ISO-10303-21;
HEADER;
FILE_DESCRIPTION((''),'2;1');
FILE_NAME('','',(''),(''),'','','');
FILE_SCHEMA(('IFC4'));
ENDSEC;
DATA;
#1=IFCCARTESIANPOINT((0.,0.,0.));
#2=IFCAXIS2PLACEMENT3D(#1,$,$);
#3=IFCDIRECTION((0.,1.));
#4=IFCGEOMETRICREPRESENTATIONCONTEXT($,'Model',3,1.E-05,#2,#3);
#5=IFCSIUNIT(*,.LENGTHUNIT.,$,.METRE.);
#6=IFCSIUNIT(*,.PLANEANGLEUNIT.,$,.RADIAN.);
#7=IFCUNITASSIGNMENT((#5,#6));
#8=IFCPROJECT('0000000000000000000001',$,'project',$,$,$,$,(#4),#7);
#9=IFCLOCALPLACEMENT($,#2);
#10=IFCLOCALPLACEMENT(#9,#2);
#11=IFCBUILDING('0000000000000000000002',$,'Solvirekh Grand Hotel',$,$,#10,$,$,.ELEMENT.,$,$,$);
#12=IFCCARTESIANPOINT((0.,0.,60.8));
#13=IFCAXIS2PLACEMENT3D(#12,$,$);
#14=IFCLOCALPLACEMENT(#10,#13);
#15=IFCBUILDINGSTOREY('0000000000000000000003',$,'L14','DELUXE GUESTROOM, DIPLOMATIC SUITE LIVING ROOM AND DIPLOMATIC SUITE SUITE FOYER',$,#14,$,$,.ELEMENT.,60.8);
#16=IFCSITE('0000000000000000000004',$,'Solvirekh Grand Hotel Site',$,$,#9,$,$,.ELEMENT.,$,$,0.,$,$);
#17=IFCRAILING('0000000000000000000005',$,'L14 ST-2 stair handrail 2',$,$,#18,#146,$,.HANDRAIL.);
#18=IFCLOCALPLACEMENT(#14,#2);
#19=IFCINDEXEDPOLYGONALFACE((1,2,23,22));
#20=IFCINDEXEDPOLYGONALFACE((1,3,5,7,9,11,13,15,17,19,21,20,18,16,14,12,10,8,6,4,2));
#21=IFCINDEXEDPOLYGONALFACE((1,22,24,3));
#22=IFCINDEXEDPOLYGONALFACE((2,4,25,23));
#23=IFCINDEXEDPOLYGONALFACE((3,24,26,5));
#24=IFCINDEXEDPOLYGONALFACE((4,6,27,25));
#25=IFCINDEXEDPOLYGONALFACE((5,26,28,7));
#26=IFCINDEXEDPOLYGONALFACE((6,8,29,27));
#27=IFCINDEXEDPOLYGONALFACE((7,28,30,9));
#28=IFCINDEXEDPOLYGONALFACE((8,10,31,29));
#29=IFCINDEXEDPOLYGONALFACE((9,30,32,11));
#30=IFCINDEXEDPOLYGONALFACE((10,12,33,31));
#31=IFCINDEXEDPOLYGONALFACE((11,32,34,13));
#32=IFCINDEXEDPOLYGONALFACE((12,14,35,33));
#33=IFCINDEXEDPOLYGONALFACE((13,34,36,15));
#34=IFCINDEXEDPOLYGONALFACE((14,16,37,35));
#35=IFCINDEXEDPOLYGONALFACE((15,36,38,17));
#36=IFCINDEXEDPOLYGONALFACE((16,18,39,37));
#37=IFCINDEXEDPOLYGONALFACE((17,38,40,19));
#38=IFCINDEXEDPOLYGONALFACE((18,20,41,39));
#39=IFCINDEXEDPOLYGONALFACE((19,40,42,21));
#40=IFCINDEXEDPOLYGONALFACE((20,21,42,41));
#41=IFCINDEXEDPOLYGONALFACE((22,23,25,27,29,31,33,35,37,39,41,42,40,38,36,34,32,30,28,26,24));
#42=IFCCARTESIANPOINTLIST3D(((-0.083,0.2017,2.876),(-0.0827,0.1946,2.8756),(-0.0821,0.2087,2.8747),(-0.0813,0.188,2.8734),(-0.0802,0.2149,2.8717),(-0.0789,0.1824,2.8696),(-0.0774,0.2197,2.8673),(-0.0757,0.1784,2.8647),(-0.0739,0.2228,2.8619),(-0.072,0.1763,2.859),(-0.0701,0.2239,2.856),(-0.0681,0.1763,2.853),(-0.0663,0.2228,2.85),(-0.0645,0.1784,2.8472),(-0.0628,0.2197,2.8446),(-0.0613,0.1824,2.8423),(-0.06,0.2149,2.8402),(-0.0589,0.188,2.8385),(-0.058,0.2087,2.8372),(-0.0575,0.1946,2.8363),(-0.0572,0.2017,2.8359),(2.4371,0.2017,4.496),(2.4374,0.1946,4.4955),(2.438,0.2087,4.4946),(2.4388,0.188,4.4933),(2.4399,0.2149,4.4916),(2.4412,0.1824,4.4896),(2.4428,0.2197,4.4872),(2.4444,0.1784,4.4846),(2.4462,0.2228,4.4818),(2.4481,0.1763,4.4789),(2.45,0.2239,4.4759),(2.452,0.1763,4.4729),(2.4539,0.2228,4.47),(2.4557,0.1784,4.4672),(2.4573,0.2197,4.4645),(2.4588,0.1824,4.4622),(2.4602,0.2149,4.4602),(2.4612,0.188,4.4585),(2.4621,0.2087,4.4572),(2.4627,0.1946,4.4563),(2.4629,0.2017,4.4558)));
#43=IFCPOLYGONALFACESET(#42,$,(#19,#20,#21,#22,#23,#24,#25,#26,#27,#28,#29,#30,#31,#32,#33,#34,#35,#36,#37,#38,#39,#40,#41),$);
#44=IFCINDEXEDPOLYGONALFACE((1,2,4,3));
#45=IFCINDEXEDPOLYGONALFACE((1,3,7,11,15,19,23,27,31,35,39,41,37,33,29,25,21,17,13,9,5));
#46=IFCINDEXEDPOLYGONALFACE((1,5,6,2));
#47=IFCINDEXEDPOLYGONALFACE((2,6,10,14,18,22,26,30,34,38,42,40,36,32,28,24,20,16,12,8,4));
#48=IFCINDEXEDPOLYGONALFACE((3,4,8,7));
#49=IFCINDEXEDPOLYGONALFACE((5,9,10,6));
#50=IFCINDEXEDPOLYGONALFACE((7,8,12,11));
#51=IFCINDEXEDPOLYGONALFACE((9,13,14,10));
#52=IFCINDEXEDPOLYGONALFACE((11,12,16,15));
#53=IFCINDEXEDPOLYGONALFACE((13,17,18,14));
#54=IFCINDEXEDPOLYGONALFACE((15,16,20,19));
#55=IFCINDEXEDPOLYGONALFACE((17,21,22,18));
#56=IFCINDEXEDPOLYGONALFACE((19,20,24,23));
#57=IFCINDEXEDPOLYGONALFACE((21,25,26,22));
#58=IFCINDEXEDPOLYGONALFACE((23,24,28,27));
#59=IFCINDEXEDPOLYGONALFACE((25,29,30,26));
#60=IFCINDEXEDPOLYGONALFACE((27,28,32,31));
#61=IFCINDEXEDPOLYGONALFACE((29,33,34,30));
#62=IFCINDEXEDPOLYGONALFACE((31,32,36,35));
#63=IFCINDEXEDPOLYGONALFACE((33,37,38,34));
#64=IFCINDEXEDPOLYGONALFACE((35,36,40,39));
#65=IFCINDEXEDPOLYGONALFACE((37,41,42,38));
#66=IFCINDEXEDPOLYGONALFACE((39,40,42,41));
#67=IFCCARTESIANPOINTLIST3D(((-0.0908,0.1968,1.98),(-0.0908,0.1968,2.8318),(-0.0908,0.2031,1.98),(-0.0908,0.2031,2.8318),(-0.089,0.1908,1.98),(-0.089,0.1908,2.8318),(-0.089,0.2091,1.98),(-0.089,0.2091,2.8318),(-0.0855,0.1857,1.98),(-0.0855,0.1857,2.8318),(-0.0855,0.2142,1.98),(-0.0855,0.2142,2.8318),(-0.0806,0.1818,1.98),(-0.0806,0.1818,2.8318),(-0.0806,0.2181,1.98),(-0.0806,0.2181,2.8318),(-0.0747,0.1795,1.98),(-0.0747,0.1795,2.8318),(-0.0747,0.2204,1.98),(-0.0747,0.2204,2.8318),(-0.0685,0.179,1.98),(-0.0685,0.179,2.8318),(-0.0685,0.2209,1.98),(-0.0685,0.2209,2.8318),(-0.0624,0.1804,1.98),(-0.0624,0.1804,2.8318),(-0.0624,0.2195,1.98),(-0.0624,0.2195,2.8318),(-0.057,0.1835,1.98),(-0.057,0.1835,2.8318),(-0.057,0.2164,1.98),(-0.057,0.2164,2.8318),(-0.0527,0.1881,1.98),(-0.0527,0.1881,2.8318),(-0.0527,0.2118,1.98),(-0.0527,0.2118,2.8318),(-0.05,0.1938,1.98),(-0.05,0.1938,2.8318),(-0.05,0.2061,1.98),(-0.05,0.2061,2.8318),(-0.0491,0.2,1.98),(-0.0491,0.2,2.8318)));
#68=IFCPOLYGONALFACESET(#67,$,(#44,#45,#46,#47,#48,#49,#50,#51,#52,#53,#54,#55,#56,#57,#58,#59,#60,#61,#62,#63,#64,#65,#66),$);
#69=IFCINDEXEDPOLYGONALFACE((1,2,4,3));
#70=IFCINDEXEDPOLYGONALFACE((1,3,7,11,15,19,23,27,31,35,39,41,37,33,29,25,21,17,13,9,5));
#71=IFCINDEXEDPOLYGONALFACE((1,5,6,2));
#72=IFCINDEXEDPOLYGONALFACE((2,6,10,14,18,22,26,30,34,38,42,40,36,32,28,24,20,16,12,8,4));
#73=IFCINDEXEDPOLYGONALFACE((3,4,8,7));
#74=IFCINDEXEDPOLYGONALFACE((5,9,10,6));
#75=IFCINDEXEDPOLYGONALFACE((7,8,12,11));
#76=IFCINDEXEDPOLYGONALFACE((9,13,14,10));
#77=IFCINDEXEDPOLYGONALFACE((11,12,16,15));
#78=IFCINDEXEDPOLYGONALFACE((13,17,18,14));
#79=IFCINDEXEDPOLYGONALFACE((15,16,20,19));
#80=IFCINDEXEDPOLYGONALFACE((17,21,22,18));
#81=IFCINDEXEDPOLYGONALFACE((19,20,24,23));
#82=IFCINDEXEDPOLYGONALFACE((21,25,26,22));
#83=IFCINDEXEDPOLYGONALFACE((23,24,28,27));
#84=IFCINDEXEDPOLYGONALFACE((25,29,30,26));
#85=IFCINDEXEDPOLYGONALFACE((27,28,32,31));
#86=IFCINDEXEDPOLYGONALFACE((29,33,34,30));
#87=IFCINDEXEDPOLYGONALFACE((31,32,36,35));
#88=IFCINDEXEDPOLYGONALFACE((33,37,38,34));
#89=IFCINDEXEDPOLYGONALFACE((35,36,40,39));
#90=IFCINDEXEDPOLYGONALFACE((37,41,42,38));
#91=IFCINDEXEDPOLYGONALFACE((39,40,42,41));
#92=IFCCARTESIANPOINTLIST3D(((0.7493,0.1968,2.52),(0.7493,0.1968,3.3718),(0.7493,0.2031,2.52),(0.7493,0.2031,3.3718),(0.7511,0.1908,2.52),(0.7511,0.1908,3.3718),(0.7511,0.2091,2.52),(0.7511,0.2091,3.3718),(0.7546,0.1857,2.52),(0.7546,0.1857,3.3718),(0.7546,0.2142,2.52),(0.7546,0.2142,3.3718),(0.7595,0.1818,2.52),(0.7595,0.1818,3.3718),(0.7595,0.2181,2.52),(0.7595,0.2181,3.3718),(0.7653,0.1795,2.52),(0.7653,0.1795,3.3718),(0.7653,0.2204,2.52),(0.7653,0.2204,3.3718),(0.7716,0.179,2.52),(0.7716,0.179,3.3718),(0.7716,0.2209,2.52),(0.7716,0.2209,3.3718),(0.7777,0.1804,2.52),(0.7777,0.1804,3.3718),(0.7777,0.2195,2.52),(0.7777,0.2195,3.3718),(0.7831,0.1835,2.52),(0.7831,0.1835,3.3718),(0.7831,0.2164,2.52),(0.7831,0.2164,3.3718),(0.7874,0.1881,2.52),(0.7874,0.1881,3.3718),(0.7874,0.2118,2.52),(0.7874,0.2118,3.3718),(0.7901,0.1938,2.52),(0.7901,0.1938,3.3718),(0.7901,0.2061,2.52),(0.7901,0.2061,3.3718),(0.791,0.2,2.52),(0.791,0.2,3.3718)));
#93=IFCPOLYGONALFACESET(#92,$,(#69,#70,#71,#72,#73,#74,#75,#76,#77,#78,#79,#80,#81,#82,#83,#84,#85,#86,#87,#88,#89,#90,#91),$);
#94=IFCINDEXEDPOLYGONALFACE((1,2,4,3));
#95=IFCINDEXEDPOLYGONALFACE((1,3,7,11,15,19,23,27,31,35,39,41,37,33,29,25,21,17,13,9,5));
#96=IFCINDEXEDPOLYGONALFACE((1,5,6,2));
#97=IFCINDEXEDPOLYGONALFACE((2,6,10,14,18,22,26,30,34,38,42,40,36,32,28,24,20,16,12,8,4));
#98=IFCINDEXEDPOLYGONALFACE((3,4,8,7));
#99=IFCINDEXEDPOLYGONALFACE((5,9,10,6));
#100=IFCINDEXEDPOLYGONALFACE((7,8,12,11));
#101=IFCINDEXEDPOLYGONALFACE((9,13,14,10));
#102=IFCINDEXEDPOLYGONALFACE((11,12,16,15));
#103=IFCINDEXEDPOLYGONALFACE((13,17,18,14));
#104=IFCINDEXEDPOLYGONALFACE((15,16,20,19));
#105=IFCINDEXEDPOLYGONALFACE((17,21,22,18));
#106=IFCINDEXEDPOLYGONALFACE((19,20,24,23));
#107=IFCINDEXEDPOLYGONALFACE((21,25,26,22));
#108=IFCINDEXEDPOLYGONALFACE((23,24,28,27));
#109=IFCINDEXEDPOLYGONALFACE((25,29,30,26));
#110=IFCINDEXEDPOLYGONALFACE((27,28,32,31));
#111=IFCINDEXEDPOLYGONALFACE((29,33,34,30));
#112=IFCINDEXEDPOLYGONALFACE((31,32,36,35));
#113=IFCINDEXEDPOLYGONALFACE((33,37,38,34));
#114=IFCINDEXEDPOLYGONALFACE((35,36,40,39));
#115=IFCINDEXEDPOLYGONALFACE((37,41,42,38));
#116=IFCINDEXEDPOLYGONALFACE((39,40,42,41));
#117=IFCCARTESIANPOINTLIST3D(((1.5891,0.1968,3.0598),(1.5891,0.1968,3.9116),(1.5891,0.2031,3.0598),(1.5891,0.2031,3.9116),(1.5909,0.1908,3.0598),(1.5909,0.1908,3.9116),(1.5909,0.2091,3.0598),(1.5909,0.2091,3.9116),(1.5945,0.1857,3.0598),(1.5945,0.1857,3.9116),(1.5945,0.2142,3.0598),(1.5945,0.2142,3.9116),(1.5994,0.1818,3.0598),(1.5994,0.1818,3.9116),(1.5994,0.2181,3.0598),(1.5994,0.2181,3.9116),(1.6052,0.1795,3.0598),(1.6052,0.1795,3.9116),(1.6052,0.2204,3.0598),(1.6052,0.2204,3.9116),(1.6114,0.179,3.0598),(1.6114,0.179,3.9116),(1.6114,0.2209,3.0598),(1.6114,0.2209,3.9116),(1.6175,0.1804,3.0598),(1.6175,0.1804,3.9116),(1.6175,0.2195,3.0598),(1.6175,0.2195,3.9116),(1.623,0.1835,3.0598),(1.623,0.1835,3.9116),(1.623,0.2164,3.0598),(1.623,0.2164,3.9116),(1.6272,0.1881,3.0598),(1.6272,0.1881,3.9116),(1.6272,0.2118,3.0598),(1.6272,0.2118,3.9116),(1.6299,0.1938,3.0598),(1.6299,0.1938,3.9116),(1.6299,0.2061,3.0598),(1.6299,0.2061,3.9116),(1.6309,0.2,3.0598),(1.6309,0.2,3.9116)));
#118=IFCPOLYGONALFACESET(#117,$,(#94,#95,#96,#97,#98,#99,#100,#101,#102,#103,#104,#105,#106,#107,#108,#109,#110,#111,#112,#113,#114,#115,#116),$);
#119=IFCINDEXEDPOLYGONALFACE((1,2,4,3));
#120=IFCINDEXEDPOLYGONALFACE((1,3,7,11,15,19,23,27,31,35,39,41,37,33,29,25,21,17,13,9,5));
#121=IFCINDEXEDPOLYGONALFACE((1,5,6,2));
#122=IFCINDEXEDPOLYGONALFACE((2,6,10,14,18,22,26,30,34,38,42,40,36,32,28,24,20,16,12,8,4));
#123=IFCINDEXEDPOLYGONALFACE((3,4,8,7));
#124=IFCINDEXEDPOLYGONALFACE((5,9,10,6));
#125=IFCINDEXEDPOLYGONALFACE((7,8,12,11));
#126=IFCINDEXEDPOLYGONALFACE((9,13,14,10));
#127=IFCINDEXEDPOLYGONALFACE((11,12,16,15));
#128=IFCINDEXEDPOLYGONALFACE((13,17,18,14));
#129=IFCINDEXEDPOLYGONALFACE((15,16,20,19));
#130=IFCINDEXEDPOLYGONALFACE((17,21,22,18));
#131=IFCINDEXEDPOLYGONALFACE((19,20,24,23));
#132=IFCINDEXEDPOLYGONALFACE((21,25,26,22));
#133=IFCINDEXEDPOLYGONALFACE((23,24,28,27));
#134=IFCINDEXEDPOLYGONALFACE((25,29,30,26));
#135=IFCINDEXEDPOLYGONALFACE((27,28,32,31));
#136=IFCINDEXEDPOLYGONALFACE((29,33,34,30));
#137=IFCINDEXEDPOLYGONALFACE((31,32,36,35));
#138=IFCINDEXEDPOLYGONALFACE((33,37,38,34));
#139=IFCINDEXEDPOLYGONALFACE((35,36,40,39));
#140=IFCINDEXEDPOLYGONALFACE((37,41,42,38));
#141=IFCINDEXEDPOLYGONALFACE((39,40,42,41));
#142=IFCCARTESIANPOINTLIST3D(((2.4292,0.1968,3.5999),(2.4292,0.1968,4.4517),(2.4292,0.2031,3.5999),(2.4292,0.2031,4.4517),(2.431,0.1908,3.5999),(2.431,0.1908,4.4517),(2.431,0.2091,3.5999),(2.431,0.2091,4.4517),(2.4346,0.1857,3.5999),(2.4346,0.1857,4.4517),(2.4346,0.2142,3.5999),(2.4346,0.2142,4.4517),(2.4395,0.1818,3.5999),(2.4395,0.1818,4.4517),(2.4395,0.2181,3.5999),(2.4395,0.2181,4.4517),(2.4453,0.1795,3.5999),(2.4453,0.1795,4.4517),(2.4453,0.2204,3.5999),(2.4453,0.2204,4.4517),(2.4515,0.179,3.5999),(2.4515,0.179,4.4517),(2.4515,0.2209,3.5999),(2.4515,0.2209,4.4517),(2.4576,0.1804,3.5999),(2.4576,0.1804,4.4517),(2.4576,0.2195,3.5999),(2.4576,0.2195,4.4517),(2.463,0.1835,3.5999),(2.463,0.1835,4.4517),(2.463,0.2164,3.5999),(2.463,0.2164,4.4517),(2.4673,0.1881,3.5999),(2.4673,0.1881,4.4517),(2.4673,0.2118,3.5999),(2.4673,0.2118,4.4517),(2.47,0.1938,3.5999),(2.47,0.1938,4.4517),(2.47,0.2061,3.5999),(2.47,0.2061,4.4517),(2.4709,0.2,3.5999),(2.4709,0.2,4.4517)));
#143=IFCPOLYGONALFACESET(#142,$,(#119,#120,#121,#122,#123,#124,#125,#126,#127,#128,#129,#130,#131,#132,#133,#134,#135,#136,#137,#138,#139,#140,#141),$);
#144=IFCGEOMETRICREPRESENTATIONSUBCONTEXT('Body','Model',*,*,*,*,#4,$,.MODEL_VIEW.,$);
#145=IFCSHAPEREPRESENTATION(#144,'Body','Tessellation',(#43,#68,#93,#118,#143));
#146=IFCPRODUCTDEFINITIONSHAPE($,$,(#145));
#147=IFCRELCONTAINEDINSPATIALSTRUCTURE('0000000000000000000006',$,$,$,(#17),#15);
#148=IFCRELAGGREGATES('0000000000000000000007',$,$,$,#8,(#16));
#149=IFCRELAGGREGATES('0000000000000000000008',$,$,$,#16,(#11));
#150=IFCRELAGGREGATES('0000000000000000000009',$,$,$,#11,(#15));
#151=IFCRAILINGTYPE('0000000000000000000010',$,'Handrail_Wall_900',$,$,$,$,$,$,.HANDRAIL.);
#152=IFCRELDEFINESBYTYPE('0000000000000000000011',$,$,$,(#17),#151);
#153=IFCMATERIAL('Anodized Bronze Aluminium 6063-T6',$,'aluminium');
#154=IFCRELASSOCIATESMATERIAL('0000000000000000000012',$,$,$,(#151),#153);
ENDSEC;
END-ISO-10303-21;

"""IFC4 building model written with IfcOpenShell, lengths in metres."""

from ifc_helpers import new_model, si_unit, direction, frame, origin, origin_2d, place, context, subcontext, project, spatial, circle, extrude, material, type_object, element, save


model = new_model("IFC4")

# Units and contexts
model_context = context("Model", 3, precision=1e-05, world=origin(), true_north=direction((0.0, 1.0)))
body_context = subcontext(model_context, "Body", "Model", "MODEL_VIEW")
ifc_project = project(units=[si_unit("LENGTHUNIT", "METRE"), si_unit("PLANEANGLEUNIT", "RADIAN")], contexts=[model_context])

# Site, building, storey
site_placement = place(None, origin())
site = spatial("IfcSite", under=ifc_project, at=site_placement, Name="Solvirekh Grand Hotel Site", CompositionType="ELEMENT", RefElevation=0.0)
building_placement = place(site_placement, origin())
building = spatial("IfcBuilding", under=site, at=building_placement, Name="Solvirekh Grand Hotel", CompositionType="ELEMENT")
storey_placement = place(building_placement, frame((0.0, 0.0, 60.8)))
storey = spatial("IfcBuildingStorey", under=building, at=storey_placement, Name="L14", Description="DELUXE GUESTROOM, DIPLOMATIC SUITE LIVING ROOM AND DIPLOMATIC SUITE SUITE FOYER", CompositionType="ELEMENT", Elevation=60.8)

# Railing
ifc_material_1 = material(Name="Anodized Bronze Aluminium 6063-T6", Category="aluminium")
railing_type_1 = type_object("IfcRailingType", Name="Handrail_Wall_900", PredefinedType="HANDRAIL", material=ifc_material_1)
railing_1_placement = place(storey_placement, frame((-0.0701, 0.2, 1.98)))
element("IfcRailing", 1, at=railing_1_placement, inside=storey, type_object=railing_type_1, Name="L14 ST-2 stair handrail 2", PredefinedType="HANDRAIL", context=body_context, shape_type="SweptSolid", body=[
    extrude(circle(Radius=0.0239, at=origin_2d()), frame((0.0, 0.0, 0.876), z_axis=(0.8412, 0.0, 0.540725), x_axis=(0.0, 1.0, 0.0)), (0.0, 0.0, 1.0), 2.9958),
    extrude(circle(Radius=0.021, at=origin_2d()), origin(), (0.0, 0.0, 1.0), 0.8518),
    extrude(circle(Radius=0.021, at=origin_2d()), frame((0.8401, 0.0, 0.54)), (0.0, 0.0, 1.0), 0.8518),
    extrude(circle(Radius=0.021, at=origin_2d()), frame((1.6799, 0.0, 1.0798)), (0.0, 0.0, 1.0), 0.8518),
    extrude(circle(Radius=0.021, at=origin_2d()), frame((2.52, 0.0, 1.6199)), (0.0, 0.0, 1.0), 0.8518),
])

save(model, "model.ifc")
